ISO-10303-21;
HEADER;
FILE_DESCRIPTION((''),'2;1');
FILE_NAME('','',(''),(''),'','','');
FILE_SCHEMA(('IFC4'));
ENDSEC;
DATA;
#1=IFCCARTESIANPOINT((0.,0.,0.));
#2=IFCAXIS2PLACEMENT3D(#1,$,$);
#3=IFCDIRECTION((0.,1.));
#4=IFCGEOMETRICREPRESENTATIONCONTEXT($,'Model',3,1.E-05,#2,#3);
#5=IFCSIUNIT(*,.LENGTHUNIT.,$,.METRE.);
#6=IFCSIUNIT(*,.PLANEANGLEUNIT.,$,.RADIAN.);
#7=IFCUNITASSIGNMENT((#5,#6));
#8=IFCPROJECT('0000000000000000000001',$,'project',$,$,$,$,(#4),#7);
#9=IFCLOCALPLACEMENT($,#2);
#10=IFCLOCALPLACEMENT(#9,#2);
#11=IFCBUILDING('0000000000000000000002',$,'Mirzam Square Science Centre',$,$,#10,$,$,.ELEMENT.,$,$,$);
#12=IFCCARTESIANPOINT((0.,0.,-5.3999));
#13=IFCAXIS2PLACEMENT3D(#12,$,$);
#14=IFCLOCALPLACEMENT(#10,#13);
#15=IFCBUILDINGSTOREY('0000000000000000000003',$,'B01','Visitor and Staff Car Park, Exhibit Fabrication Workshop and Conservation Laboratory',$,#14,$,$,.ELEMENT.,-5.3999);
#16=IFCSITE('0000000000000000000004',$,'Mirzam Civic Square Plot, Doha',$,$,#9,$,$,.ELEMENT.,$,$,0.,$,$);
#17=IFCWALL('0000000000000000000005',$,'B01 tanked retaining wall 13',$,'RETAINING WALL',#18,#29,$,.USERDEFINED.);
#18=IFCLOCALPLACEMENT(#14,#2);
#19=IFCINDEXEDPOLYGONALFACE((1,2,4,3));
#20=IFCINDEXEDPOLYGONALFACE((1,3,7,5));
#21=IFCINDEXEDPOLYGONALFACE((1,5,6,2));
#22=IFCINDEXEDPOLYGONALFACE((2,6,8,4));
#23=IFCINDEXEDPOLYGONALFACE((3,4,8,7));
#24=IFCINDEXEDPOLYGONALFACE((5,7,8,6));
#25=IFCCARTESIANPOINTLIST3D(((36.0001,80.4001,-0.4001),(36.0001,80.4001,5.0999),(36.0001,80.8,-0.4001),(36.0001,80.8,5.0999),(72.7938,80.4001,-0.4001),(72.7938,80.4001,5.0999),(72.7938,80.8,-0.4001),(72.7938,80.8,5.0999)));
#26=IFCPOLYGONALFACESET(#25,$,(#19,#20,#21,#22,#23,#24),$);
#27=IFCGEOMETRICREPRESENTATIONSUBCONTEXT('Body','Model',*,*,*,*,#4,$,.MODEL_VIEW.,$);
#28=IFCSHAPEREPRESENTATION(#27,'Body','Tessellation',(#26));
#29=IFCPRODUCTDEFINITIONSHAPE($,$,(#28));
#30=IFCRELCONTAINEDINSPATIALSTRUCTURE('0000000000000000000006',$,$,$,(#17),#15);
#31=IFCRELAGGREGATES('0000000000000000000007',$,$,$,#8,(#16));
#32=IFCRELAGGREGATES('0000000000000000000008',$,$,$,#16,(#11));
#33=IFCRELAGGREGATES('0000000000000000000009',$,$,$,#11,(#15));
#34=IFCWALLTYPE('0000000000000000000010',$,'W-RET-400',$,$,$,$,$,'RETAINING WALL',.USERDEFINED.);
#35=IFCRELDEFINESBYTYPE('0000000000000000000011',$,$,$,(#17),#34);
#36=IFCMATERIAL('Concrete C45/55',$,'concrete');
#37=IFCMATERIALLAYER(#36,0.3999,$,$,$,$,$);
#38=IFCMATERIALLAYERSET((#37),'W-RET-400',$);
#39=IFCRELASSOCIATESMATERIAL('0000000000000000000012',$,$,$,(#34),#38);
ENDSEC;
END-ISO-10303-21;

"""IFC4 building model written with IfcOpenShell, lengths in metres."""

from ifc_helpers import new_model, si_unit, direction, frame, frame_2d, origin, place, context, subcontext, project, spatial, rectangle, extrude, material, layer, layer_set, type_object, element, save


model = new_model("IFC4")

# Units and contexts
model_context = context("Model", 3, precision=1e-05, world=origin(), true_north=direction((0.0, 1.0)))
body_context = subcontext(model_context, "Body", "Model", "MODEL_VIEW")
ifc_project = project(units=[si_unit("LENGTHUNIT", "METRE"), si_unit("PLANEANGLEUNIT", "RADIAN")], contexts=[model_context])

# Site, building, storey
site_placement = place(None, origin())
site = spatial("IfcSite", under=ifc_project, at=site_placement, Name="Mirzam Civic Square Plot, Doha", CompositionType="ELEMENT", RefElevation=0.0)
building_placement = place(site_placement, origin())
building = spatial("IfcBuilding", under=site, at=building_placement, Name="Mirzam Square Science Centre", CompositionType="ELEMENT")
storey_placement = place(building_placement, frame((0.0, 0.0, -5.3999)))
storey = spatial("IfcBuildingStorey", under=building, at=storey_placement, Name="B01", Description="Visitor and Staff Car Park, Exhibit Fabrication Workshop and Conservation Laboratory", CompositionType="ELEMENT", Elevation=-5.3999)

# Shared definitions
ifc_material_1 = material(Name="Concrete C45/55", Category="concrete")

# Wall
ifc_layer_1 = layer(ifc_material_1, 0.3999)
ifc_layer_set_1 = layer_set([ifc_layer_1], Name="W-RET-400")
wall_type_1 = type_object("IfcWallType", Name="W-RET-400", ElementType="RETAINING WALL", PredefinedType="USERDEFINED", material=ifc_layer_set_1)
wall_placement = place(storey_placement, frame((36.0, 80.6001, -0.4001), z_axis=(0.0, 0.0, 1.0), x_axis=(1.0, 0.0, 0.0)))
element("IfcWall", 1, at=wall_placement, inside=storey, type_object=wall_type_1, Name="B01 tanked retaining wall 13", ObjectType="RETAINING WALL", PredefinedType="USERDEFINED", context=body_context, shape_type="SweptSolid", body=[
    extrude(rectangle(XDim=36.7937, YDim=0.3999, at=frame_2d((18.397, 0.0))), origin(), (0.0, 0.0, 1.0), 5.5),
])

save(model, "model.ifc")
